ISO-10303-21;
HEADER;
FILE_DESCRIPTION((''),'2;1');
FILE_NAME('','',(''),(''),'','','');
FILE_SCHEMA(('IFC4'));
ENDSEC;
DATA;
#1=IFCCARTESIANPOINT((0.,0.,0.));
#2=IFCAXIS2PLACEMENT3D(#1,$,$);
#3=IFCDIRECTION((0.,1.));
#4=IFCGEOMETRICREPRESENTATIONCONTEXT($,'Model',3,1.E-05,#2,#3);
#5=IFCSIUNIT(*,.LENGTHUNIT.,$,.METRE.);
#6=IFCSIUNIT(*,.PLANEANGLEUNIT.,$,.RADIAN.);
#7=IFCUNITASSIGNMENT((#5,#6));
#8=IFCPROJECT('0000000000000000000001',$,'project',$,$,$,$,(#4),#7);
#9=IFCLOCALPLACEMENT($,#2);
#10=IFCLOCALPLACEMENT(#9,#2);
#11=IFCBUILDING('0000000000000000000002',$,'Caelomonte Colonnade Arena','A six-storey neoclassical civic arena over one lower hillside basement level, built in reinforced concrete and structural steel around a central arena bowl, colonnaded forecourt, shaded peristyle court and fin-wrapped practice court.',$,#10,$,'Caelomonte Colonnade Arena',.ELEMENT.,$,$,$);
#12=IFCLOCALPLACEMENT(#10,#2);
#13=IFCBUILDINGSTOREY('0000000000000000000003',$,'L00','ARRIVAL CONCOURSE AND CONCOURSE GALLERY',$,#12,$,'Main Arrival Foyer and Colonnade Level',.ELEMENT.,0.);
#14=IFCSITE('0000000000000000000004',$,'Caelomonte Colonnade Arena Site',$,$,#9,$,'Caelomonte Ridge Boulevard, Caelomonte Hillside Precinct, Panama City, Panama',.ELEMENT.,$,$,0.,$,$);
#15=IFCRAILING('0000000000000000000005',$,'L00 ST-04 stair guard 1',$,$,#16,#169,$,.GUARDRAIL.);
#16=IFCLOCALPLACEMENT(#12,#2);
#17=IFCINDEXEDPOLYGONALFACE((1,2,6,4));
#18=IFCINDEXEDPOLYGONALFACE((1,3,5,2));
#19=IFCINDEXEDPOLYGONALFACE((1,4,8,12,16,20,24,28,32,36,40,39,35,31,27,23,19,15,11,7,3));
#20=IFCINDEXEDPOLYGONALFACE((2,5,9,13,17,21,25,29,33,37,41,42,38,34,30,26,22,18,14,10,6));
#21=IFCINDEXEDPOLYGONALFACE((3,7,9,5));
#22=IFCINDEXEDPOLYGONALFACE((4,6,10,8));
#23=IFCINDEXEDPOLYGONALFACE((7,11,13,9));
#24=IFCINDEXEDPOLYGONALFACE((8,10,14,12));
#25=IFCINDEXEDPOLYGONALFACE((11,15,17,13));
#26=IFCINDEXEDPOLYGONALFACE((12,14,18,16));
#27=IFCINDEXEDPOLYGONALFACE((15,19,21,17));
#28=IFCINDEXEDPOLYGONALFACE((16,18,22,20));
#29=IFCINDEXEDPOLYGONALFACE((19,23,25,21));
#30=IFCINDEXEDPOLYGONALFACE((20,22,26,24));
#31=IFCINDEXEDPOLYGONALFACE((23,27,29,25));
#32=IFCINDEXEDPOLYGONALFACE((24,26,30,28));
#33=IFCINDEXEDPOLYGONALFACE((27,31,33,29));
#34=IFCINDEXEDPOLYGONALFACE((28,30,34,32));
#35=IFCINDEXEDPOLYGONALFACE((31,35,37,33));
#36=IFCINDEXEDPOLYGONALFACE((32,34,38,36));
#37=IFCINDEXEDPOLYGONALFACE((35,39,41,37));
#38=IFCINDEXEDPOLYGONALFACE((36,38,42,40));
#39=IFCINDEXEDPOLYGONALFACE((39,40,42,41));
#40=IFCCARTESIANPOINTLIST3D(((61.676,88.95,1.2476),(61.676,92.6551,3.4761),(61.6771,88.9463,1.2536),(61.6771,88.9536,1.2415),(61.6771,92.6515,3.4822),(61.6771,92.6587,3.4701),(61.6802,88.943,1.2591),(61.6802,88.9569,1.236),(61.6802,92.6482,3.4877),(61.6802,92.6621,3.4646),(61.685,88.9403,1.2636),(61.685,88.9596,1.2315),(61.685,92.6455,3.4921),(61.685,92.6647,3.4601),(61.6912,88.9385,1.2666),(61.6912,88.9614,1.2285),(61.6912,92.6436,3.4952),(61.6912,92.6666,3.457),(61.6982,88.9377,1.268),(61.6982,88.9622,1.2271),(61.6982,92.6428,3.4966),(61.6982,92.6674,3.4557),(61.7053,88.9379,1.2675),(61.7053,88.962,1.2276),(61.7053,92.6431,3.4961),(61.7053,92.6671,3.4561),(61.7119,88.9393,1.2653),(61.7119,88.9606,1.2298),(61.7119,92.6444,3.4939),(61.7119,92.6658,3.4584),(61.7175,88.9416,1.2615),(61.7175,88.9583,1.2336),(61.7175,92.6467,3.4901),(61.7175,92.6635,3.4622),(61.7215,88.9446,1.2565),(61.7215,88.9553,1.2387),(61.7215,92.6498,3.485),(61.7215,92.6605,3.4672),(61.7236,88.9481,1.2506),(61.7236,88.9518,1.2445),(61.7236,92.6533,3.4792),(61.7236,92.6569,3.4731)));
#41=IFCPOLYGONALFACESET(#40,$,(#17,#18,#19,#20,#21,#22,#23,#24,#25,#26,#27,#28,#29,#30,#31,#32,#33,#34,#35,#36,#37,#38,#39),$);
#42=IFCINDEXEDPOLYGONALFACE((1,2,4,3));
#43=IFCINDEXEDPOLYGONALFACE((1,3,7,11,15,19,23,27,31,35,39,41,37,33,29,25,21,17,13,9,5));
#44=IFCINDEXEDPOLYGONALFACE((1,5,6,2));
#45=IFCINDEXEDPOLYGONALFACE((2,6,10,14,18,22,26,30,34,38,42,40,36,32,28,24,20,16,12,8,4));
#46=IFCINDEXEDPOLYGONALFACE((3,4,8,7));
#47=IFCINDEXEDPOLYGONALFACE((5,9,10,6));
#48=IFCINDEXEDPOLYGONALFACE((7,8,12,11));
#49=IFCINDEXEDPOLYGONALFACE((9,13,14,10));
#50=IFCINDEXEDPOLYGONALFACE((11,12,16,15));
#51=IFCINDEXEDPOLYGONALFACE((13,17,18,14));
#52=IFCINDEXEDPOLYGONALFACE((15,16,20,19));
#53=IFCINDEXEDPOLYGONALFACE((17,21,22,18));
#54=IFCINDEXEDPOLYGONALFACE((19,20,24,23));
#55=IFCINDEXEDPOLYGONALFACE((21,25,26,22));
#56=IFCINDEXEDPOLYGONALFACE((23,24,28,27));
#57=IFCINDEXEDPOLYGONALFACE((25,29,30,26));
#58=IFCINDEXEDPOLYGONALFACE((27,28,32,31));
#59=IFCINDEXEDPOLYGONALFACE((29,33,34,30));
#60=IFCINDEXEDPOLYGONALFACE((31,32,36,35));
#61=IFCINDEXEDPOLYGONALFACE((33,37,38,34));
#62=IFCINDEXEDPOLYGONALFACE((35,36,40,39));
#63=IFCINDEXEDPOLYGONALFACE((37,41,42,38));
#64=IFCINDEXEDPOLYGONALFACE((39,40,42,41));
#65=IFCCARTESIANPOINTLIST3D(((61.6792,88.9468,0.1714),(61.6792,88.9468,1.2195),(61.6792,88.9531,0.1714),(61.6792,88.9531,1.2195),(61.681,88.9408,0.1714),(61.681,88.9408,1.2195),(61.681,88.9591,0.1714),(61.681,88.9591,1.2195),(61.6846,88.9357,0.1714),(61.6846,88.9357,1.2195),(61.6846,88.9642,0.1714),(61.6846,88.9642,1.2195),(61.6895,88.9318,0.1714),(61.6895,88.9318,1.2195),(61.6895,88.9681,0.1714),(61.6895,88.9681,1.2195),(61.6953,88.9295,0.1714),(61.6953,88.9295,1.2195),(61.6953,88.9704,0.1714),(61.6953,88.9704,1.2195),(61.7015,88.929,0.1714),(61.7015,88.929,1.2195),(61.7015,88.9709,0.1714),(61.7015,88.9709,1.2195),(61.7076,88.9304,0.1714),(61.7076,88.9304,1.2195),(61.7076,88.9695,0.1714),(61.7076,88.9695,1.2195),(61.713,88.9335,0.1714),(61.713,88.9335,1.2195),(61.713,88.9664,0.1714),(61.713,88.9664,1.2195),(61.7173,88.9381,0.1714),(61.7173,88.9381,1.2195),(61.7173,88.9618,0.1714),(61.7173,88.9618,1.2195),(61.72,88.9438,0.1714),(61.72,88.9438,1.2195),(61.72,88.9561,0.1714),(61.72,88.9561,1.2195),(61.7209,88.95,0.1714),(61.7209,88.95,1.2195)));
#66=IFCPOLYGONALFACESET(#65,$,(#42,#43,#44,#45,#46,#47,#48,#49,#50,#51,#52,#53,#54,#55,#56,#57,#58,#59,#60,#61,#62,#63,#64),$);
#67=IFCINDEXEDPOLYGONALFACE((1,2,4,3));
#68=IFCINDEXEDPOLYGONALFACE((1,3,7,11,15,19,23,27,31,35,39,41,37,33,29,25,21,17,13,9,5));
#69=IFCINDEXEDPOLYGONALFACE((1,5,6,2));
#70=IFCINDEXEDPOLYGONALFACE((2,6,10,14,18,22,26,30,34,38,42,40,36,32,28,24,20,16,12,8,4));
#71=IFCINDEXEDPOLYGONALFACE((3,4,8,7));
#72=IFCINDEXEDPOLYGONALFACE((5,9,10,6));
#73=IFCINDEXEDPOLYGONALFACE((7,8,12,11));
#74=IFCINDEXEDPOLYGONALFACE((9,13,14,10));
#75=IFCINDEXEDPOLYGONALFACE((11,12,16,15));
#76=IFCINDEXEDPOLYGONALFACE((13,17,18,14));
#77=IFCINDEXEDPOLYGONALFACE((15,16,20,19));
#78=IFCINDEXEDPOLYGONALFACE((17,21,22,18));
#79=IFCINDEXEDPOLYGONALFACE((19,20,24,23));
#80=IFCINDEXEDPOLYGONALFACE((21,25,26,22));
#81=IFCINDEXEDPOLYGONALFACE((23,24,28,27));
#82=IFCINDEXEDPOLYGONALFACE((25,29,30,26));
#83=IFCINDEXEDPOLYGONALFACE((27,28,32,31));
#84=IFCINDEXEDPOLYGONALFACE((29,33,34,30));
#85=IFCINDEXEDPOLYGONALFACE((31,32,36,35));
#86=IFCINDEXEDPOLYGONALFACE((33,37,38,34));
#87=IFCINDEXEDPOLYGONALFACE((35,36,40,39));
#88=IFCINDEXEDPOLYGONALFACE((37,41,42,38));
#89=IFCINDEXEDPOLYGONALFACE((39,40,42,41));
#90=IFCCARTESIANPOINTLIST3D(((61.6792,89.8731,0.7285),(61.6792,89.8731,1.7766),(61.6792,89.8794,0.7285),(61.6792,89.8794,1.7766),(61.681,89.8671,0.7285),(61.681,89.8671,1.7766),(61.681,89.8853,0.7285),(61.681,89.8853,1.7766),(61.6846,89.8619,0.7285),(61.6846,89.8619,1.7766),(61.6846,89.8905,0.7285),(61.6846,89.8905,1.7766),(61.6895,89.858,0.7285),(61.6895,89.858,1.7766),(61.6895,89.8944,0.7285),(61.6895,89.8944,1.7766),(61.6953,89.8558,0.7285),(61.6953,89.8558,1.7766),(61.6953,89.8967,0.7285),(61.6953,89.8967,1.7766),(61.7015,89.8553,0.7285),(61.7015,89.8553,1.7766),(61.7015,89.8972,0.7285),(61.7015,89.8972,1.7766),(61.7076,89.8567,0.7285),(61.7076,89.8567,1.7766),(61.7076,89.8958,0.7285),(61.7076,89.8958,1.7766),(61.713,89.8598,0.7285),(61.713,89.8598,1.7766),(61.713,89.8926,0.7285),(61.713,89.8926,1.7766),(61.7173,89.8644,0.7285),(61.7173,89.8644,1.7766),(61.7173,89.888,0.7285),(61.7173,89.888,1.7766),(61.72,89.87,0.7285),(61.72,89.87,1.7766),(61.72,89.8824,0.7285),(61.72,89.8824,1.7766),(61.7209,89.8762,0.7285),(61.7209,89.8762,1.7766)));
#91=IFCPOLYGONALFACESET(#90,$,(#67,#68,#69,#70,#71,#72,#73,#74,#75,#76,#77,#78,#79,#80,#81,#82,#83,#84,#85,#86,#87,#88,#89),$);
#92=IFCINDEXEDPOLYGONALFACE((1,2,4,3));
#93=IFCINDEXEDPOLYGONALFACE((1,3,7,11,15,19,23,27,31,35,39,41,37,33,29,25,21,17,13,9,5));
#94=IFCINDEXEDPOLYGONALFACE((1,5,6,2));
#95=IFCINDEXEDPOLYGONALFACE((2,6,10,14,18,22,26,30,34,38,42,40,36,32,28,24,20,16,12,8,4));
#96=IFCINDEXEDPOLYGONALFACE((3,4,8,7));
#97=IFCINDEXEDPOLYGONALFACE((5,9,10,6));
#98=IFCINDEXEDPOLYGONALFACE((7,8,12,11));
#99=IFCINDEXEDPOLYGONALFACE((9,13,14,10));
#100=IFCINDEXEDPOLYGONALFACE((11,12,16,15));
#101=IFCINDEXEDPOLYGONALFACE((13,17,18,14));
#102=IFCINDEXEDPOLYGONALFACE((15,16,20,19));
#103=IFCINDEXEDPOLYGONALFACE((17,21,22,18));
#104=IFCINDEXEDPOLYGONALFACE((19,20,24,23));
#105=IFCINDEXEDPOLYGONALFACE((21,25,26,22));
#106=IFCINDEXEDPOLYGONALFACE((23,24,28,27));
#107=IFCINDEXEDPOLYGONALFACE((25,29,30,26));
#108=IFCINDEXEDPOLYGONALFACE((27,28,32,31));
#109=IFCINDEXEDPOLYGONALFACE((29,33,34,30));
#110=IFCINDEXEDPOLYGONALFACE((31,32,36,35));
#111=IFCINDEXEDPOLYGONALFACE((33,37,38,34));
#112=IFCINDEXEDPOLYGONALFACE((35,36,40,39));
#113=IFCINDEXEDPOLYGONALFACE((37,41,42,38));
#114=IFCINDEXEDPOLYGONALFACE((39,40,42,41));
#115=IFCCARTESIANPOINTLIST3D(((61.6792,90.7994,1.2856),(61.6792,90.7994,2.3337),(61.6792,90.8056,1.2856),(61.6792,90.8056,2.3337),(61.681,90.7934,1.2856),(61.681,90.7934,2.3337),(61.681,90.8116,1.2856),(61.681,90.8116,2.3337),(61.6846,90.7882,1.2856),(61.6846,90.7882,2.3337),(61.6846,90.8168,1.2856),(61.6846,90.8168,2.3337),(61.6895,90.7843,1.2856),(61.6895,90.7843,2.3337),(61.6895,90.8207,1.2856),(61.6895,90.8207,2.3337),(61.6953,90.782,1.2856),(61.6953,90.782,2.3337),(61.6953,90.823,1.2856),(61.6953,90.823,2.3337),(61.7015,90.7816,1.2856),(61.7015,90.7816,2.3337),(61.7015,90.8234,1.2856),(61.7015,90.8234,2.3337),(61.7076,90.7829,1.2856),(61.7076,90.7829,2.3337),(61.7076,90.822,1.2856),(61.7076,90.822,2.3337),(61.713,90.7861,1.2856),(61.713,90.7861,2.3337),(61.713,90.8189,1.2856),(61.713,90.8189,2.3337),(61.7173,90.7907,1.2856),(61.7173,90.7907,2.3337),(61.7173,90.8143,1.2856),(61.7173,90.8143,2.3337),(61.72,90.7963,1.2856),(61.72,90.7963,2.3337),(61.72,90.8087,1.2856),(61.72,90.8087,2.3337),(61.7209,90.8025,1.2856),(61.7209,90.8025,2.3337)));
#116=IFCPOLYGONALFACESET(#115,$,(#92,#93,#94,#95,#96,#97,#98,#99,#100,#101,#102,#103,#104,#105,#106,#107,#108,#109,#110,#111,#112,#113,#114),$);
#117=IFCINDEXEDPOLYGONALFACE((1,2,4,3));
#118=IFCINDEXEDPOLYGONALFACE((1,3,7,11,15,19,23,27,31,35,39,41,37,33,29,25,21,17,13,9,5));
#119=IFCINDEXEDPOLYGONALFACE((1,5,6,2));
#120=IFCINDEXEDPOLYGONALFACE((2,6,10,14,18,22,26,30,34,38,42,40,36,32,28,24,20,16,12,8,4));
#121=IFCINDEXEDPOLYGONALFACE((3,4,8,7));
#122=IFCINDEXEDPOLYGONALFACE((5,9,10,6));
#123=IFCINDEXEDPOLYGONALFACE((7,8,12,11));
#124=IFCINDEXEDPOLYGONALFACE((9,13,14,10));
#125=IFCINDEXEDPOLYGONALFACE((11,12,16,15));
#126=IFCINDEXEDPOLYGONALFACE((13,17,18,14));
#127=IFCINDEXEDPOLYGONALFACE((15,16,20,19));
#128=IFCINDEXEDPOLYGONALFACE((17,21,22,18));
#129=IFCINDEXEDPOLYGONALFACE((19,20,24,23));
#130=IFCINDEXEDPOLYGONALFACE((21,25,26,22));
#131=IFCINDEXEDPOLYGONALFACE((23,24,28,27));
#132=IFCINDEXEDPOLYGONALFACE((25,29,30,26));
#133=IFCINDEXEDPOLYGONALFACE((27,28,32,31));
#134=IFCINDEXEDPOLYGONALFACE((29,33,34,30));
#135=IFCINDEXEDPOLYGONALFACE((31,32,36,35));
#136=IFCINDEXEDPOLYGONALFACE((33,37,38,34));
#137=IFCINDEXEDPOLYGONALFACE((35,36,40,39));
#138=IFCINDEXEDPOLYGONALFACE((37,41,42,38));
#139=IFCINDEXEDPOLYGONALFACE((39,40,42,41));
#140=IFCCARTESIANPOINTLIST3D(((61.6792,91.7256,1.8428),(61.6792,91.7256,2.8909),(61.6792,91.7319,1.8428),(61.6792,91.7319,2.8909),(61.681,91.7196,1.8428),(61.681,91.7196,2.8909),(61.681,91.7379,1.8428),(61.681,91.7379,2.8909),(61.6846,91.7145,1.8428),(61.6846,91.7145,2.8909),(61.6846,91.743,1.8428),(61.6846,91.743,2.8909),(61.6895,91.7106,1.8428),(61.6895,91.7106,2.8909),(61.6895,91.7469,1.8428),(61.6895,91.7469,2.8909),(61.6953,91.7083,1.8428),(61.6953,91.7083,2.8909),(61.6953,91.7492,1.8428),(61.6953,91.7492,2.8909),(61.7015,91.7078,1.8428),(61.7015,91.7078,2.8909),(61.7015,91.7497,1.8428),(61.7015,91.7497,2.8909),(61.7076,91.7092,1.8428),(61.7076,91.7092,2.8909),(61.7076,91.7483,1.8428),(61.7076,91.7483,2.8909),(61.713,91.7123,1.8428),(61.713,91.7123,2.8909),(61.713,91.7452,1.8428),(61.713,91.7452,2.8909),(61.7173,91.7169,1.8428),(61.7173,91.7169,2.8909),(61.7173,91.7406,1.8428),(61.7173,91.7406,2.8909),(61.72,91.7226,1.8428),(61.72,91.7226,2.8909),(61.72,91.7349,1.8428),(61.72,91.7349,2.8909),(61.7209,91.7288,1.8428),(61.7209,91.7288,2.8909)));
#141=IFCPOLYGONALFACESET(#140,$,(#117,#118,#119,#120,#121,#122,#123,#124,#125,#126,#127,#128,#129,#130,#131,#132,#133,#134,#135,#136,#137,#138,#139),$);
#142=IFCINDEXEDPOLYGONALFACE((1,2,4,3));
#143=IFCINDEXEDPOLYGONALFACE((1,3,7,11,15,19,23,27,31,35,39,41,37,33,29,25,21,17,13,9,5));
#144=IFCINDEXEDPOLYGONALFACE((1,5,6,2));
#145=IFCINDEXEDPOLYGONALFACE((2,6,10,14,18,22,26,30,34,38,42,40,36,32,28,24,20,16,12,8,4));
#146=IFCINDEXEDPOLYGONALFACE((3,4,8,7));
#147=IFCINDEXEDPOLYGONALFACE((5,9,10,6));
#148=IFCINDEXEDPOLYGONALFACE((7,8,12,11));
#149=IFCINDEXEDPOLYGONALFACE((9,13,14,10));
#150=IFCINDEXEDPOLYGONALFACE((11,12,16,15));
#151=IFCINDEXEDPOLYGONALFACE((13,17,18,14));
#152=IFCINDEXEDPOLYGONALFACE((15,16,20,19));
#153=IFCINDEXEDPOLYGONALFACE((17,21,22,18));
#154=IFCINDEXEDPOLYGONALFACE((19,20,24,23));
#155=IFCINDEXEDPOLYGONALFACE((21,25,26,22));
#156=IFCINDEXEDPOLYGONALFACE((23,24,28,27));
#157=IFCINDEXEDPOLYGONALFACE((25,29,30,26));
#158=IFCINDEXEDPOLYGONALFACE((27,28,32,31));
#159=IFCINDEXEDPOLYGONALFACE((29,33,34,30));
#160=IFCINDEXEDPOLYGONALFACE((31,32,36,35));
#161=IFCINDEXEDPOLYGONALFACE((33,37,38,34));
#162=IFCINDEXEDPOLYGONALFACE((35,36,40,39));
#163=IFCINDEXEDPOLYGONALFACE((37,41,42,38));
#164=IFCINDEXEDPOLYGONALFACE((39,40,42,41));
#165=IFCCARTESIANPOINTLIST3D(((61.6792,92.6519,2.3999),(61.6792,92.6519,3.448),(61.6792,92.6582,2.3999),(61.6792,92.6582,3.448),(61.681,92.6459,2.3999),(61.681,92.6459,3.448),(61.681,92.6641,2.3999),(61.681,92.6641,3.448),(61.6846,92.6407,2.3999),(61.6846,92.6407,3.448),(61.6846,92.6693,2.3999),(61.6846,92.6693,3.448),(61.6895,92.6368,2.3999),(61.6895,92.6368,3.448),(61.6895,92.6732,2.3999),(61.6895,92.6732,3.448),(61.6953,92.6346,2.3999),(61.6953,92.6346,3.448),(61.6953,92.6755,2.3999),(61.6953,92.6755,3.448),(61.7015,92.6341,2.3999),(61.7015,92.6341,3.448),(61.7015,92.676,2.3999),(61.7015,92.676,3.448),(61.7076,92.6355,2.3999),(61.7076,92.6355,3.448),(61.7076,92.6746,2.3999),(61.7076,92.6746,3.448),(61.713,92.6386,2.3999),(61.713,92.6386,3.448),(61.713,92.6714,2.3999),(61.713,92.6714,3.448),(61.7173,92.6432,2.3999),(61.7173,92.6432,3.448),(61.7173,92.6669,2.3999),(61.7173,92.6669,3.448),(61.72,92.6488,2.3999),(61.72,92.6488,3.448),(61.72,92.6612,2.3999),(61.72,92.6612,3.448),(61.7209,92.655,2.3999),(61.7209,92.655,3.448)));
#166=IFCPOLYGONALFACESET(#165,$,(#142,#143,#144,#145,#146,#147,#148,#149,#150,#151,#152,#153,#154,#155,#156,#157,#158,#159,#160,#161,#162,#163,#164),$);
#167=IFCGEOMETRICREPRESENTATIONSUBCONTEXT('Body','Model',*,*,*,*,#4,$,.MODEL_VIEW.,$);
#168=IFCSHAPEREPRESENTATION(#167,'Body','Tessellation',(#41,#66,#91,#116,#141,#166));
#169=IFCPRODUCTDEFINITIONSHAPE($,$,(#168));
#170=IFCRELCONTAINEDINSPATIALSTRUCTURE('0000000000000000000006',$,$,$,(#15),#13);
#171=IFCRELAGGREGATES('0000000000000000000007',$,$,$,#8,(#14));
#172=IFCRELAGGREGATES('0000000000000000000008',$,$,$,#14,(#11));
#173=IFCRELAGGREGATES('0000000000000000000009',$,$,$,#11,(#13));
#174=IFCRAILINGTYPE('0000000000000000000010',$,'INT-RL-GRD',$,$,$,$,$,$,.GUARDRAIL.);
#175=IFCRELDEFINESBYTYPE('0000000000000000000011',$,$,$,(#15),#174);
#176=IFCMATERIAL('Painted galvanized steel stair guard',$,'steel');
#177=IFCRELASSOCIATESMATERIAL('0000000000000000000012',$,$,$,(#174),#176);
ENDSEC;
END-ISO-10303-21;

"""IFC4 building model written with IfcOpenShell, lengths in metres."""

from ifc_helpers import new_model, si_unit, direction, frame, origin, origin_2d, place, context, subcontext, project, spatial, circle, extrude, material, type_object, element, save


model = new_model("IFC4")

# Units and contexts
model_context = context("Model", 3, precision=1e-05, world=origin(), true_north=direction((0.0, 1.0)))
body_context = subcontext(model_context, "Body", "Model", "MODEL_VIEW")
ifc_project = project(units=[si_unit("LENGTHUNIT", "METRE"), si_unit("PLANEANGLEUNIT", "RADIAN")], contexts=[model_context])

# Site, building, storey
site_placement = place(None, origin())
site = spatial("IfcSite", under=ifc_project, at=site_placement, Name="Caelomonte Colonnade Arena Site", LongName="Caelomonte Ridge Boulevard, Caelomonte Hillside Precinct, Panama City, Panama", CompositionType="ELEMENT", RefElevation=0.0)
building_placement = place(site_placement, origin())
building = spatial("IfcBuilding", under=site, at=building_placement, Name="Caelomonte Colonnade Arena", Description="A six-storey neoclassical civic arena over one lower hillside basement level, built in reinforced concrete and structural steel around a central arena bowl, colonnaded forecourt, shaded peristyle court and fin-wrapped practice court.", LongName="Caelomonte Colonnade Arena", CompositionType="ELEMENT")
storey_placement = place(building_placement, origin())
storey = spatial("IfcBuildingStorey", under=building, at=storey_placement, Name="L00", Description="ARRIVAL CONCOURSE AND CONCOURSE GALLERY", LongName="Main Arrival Foyer and Colonnade Level", CompositionType="ELEMENT", Elevation=0.0)

# Railing
ifc_material_1 = material(Name="Painted galvanized steel stair guard", Category="steel")
railing_type_1 = type_object("IfcRailingType", Name="INT-RL-GRD", PredefinedType="GUARDRAIL", material=ifc_material_1)
railing_1_placement = place(storey_placement, frame((61.7, 88.95, 0.1714)))
element("IfcRailing", 1, at=railing_1_placement, inside=storey, type_object=railing_type_1, Name="L00 ST-04 stair guard 1", PredefinedType="GUARDRAIL", context=body_context, shape_type="SweptSolid", body=[
    extrude(circle(Radius=0.0239, at=origin_2d()), frame((0.0, 0.0, 1.0762), z_axis=(0.0, 0.856934, 0.515425), x_axis=(-1.0, 0.0, 0.0)), (0.0, 0.0, 1.0), 4.3237),
    extrude(circle(Radius=0.021, at=origin_2d()), origin(), (0.0, 0.0, 1.0), 1.0481),
    extrude(circle(Radius=0.021, at=origin_2d()), frame((0.0, 0.9263, 0.5571)), (0.0, 0.0, 1.0), 1.0481),
    extrude(circle(Radius=0.021, at=origin_2d()), frame((0.0, 1.8525, 1.1143)), (0.0, 0.0, 1.0), 1.0481),
    extrude(circle(Radius=0.021, at=origin_2d()), frame((0.0, 2.7788, 1.6714)), (0.0, 0.0, 1.0), 1.0481),
    extrude(circle(Radius=0.021, at=origin_2d()), frame((0.0, 3.7051, 2.2285)), (0.0, 0.0, 1.0), 1.0481),
])

save(model, "model.ifc")
